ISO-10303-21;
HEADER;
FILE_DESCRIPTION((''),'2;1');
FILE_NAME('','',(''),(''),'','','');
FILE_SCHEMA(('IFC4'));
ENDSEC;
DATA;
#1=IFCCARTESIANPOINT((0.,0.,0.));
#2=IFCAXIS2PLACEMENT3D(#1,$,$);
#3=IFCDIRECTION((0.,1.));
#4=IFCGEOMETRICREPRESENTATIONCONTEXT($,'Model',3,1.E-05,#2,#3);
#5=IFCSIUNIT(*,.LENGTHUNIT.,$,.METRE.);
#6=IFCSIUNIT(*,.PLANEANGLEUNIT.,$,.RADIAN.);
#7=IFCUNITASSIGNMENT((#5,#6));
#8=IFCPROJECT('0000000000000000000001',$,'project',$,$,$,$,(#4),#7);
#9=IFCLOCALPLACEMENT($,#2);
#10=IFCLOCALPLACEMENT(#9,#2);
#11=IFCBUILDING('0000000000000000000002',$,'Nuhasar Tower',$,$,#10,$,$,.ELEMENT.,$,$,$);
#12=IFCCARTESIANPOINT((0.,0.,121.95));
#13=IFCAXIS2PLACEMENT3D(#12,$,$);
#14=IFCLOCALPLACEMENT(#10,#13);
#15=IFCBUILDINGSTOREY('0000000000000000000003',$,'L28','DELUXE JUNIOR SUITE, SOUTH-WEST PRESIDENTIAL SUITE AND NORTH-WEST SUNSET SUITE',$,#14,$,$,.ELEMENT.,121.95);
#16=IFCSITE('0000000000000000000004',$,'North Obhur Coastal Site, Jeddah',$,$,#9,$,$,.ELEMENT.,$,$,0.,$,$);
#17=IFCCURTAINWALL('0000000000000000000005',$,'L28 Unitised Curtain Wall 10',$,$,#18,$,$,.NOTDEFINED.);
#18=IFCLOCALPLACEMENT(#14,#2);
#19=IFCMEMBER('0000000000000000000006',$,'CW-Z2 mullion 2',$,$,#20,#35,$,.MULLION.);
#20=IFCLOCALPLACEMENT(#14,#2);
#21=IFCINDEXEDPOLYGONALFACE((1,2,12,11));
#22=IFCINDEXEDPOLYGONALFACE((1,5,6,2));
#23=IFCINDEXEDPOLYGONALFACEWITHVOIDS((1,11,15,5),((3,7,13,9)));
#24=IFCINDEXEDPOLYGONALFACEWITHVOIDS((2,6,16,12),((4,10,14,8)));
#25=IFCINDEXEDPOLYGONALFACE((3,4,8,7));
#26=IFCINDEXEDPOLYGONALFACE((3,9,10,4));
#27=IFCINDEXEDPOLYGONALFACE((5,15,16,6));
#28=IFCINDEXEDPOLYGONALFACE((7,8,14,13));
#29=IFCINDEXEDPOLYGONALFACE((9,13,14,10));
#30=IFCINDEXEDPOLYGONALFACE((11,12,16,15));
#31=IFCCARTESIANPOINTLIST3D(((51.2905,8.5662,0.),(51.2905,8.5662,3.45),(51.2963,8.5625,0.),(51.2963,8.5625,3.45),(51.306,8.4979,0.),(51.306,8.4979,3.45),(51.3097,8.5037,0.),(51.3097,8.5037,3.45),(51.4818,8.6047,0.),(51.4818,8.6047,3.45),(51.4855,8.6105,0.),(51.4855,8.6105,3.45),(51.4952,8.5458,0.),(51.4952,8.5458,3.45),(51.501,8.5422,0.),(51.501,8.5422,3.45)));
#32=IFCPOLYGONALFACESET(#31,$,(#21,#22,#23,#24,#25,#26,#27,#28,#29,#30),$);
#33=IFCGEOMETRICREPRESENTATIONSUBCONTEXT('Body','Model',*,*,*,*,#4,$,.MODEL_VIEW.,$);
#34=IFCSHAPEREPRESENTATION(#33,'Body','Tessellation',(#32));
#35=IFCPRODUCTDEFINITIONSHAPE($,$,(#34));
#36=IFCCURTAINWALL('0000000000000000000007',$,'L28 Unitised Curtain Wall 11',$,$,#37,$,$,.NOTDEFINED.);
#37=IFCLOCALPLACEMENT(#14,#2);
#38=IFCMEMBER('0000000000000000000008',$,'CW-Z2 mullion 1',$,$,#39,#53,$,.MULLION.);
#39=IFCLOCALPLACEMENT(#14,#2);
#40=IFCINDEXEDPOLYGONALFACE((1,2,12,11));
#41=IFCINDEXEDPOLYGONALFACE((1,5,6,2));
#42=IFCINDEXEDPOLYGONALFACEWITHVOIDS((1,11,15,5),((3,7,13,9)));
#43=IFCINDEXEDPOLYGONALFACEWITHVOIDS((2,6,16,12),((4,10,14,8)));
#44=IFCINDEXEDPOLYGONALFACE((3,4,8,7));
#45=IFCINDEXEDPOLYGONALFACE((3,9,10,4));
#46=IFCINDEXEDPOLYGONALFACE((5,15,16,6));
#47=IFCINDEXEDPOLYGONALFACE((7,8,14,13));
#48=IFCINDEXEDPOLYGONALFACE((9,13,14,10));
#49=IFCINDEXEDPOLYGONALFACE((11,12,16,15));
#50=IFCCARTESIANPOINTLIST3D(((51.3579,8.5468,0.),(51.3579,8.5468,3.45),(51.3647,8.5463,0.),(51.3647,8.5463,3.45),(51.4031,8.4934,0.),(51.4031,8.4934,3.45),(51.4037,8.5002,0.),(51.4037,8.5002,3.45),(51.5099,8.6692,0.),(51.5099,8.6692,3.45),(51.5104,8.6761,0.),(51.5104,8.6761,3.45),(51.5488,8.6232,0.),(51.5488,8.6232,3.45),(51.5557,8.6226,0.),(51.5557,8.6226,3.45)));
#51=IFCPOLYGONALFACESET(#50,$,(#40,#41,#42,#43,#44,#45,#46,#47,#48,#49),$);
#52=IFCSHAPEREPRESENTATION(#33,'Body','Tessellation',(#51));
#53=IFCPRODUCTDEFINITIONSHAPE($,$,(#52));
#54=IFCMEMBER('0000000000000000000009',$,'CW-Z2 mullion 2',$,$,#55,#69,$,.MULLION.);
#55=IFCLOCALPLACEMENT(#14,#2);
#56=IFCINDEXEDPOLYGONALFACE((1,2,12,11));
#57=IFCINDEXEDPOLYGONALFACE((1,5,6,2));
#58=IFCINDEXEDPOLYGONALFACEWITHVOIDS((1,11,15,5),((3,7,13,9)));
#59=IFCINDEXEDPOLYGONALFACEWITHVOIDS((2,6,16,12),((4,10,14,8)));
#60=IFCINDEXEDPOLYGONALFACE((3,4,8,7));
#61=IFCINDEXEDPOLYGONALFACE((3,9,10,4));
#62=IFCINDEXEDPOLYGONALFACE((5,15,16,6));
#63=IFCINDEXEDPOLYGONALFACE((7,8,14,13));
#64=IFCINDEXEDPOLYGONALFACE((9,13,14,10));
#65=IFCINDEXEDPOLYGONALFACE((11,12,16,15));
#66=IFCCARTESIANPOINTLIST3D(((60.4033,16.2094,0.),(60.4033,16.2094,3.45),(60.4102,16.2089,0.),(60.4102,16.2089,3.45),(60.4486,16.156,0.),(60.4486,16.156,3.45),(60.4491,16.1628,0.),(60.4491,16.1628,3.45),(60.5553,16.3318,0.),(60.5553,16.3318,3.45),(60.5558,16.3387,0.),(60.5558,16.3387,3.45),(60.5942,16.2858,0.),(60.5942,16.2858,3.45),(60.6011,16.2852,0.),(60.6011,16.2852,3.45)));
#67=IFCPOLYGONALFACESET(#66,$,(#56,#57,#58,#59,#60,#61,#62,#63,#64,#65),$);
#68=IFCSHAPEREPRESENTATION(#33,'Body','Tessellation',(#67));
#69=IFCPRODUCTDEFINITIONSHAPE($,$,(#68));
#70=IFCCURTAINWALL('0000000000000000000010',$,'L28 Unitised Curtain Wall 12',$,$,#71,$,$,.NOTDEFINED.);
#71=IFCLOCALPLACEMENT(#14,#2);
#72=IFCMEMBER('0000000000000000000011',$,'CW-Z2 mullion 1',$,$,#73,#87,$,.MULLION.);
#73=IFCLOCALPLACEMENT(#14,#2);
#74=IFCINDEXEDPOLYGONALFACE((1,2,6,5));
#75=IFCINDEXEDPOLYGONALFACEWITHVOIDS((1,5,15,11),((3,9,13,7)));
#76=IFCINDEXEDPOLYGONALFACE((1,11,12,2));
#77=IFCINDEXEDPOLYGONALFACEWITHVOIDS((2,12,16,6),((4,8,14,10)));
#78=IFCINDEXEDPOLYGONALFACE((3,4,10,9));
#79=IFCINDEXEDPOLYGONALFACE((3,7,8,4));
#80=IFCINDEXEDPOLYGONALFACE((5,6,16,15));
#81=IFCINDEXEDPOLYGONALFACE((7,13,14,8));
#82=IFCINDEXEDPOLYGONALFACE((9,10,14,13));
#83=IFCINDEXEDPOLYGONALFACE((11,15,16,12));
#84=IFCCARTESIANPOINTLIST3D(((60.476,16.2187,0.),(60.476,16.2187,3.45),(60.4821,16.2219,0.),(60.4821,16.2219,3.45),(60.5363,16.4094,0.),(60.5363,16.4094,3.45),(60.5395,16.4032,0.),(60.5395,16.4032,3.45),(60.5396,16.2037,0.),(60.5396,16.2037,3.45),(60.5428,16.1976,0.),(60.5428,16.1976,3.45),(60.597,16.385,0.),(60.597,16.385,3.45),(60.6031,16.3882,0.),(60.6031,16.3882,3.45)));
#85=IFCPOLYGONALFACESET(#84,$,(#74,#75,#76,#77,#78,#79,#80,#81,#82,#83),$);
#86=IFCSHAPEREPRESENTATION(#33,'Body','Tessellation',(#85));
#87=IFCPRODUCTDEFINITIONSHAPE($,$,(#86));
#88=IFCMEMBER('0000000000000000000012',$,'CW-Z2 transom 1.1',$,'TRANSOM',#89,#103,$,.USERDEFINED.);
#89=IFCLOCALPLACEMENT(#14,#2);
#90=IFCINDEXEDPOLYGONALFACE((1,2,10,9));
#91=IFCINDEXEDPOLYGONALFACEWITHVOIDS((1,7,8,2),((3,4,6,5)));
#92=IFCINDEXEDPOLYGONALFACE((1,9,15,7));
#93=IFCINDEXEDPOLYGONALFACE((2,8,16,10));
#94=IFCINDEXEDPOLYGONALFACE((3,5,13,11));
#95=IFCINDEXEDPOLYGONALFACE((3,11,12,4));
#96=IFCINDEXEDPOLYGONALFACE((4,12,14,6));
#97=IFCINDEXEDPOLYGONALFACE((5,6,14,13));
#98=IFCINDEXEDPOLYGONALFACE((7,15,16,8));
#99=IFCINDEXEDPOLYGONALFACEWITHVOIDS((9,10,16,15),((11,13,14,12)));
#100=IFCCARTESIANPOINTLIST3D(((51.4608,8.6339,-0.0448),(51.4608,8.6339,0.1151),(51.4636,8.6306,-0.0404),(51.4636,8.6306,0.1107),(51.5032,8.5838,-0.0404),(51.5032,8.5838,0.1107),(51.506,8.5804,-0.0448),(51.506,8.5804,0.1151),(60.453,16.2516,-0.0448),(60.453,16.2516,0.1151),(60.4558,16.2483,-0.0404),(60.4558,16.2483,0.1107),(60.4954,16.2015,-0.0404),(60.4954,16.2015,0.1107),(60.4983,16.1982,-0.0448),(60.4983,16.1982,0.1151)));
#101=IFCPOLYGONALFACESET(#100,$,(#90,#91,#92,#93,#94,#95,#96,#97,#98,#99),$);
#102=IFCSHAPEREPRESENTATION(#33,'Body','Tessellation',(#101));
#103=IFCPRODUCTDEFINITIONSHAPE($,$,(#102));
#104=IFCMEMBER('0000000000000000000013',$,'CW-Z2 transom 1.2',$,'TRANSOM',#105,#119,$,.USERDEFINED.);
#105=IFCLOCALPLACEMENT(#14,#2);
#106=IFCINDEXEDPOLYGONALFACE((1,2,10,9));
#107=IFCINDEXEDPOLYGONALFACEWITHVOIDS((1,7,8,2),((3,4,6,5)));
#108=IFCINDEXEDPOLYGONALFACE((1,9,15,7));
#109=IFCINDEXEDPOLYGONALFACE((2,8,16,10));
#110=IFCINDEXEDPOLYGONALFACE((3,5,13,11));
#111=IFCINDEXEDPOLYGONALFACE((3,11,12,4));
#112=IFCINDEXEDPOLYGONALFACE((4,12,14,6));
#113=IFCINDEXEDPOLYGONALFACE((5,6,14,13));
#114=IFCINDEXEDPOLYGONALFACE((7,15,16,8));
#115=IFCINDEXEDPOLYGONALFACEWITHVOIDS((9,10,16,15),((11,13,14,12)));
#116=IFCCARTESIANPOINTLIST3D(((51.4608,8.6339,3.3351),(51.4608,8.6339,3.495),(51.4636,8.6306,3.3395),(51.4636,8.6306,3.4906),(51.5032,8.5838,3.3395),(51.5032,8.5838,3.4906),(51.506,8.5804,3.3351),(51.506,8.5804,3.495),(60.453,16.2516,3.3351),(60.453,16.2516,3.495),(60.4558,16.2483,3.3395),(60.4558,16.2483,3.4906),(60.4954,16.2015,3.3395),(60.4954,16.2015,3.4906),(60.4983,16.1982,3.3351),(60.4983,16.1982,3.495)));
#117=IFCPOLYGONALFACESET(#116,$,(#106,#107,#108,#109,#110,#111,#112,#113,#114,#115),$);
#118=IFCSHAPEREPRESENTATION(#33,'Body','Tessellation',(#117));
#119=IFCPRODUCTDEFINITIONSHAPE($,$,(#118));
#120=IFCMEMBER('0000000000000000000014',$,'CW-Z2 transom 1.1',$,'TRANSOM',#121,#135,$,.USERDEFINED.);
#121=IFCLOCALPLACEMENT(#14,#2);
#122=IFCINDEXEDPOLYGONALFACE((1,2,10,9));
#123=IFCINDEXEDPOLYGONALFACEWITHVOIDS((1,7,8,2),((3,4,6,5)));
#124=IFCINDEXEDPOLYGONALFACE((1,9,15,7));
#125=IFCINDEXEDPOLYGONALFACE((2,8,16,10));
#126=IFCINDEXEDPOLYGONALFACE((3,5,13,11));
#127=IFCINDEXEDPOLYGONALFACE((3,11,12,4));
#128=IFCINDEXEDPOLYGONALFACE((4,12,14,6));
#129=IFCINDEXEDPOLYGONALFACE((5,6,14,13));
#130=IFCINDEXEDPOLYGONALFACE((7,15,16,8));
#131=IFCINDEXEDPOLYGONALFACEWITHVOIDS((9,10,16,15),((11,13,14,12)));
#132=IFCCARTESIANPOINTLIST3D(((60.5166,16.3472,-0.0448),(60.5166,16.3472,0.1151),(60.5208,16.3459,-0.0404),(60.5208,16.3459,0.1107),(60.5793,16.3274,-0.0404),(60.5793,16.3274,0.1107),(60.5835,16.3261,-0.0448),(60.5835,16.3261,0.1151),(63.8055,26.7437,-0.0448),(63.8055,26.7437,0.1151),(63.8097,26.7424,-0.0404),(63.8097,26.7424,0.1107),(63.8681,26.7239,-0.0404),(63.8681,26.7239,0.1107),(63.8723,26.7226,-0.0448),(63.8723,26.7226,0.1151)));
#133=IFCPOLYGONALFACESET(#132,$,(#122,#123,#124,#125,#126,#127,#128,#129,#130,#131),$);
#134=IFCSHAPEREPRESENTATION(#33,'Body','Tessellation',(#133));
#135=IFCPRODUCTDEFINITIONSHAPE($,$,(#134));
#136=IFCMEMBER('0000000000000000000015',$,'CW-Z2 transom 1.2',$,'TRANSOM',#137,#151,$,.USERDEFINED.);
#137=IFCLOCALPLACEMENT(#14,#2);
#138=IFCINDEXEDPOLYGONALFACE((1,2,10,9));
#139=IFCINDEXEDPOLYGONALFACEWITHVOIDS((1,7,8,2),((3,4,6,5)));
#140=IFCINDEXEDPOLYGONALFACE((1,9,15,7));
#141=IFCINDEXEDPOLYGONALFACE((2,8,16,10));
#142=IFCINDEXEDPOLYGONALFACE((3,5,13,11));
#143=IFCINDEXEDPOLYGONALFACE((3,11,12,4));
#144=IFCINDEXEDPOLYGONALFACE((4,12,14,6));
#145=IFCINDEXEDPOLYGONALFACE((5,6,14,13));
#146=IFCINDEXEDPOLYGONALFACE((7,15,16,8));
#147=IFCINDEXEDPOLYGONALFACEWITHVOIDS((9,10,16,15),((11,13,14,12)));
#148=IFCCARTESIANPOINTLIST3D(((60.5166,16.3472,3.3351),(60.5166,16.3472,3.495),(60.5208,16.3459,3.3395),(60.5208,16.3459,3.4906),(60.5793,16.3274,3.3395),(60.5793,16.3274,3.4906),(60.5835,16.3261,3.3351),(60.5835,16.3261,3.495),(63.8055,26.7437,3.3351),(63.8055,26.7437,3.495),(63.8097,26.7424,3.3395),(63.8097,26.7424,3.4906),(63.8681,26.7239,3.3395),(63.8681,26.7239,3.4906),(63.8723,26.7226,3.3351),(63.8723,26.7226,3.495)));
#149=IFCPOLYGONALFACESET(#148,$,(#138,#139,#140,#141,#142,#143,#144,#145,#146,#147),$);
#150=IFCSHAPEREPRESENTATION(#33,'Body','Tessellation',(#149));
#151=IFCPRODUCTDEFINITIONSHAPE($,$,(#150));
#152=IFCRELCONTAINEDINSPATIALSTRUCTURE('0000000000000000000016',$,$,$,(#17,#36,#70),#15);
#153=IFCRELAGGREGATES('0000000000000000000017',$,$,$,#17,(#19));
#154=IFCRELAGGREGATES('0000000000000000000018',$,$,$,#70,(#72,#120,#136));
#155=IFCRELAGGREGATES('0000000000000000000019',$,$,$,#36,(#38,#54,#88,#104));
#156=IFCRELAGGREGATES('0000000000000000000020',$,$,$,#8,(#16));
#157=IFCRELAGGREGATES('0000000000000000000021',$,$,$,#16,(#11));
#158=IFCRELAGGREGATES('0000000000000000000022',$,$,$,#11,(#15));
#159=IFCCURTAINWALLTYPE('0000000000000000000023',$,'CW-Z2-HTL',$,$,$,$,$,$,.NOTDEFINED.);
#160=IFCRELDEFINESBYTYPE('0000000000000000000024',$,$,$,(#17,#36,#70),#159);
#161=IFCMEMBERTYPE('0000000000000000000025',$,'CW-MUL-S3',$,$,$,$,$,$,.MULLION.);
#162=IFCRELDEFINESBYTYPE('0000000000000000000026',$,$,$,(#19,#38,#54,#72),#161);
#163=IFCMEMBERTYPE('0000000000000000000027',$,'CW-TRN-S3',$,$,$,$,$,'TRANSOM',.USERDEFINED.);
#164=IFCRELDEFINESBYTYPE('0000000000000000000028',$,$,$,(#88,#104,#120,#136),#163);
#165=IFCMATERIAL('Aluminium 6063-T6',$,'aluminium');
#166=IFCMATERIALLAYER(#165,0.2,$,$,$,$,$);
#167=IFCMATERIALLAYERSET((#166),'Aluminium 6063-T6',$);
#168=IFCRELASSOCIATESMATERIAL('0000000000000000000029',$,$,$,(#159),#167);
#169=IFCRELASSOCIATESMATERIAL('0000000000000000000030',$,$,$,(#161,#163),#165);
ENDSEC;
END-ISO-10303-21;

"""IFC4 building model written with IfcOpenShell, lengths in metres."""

from ifc_helpers import new_model, si_unit, direction, frame, origin, origin_2d, place, context, subcontext, project, spatial, hollow_rectangle, extrude, material, layer, layer_set, material_profile, profile_set, type_object, element, aggregate, save


model = new_model("IFC4")

# Units and contexts
model_context = context("Model", 3, precision=1e-05, world=origin(), true_north=direction((0.0, 1.0)))
body_context = subcontext(model_context, "Body", "Model", "MODEL_VIEW")
ifc_project = project(units=[si_unit("LENGTHUNIT", "METRE"), si_unit("PLANEANGLEUNIT", "RADIAN")], contexts=[model_context])

# Site, building, storey
site_placement = place(None, origin())
site = spatial("IfcSite", under=ifc_project, at=site_placement, Name="North Obhur Coastal Site, Jeddah", CompositionType="ELEMENT", RefElevation=0.0)
building_placement = place(site_placement, origin())
building = spatial("IfcBuilding", under=site, at=building_placement, Name="Nuhasar Tower", CompositionType="ELEMENT")
storey_placement = place(building_placement, frame((0.0, 0.0, 121.95)))
storey = spatial("IfcBuildingStorey", under=building, at=storey_placement, Name="L28", Description="DELUXE JUNIOR SUITE, SOUTH-WEST PRESIDENTIAL SUITE AND NORTH-WEST SUNSET SUITE", CompositionType="ELEMENT", Elevation=121.95)

# Curtain wall, member
ifc_material_1 = material(Name="Aluminium 6063-T6", Category="aluminium")
ifc_layer_1 = layer(ifc_material_1, 0.2)
ifc_layer_set_1 = layer_set([ifc_layer_1], Name="Aluminium 6063-T6")
curtain_wall_type = type_object("IfcCurtainWallType", Name="CW-Z2-HTL", PredefinedType="NOTDEFINED", material=ifc_layer_set_1)
curtain_wall_1_placement = place(storey_placement, origin())
curtain_wall_1 = element("IfcCurtainWall", 1, at=curtain_wall_1_placement, inside=storey, type_object=curtain_wall_type, Name="L28 Unitised Curtain Wall 10", PredefinedType="NOTDEFINED")
ifc_material_profile_1 = material_profile(ifc_material_1, hollow_rectangle(XDim=0.0701, YDim=0.2, WallThickness=0.0049, at=origin_2d()), Name="CWM-3")
ifc_profile_set_1 = profile_set([ifc_material_profile_1], Name="Aluminium 6063-T6")
member_type_1 = type_object("IfcMemberType", Name="CW-MUL-S3", PredefinedType="MULLION", material=ifc_profile_set_1)
member_1_placement = place(storey_placement, frame((51.3958, 8.5542, 0.0), z_axis=(0.0, 0.0, 1.0), x_axis=(-0.221397, 0.975184, 0.0)))
member_1 = element("IfcMember", 2, at=member_1_placement, type_object=member_type_1, Name="CW-Z2 mullion 2", PredefinedType="MULLION", context=body_context, shape_type="SweptSolid", body=[
    extrude(hollow_rectangle(XDim=0.0701, YDim=0.2, WallThickness=0.0049, at=origin_2d()), origin(), (0.0, 0.0, 1.0), 3.45),
])
aggregate(curtain_wall_1, [member_1])

# Curtain wall, members
curtain_wall_2_placement = place(storey_placement, origin())
curtain_wall_2 = element("IfcCurtainWall", 3, at=curtain_wall_2_placement, inside=storey, type_object=curtain_wall_type, Name="L28 Unitised Curtain Wall 11", PredefinedType="NOTDEFINED")
member_2_placement = place(storey_placement, frame((51.4568, 8.5847, 0.0), z_axis=(0.0, 0.0, 1.0), x_axis=(-0.646374, 0.76302, 0.0)))
member_2 = element("IfcMember", 4, at=member_2_placement, type_object=member_type_1, Name="CW-Z2 mullion 1", PredefinedType="MULLION", context=body_context, shape_type="SweptSolid", body=[
    extrude(hollow_rectangle(XDim=0.0701, YDim=0.2, WallThickness=0.0049, at=origin_2d()), origin(), (0.0, 0.0, 1.0), 3.45),
])
member_3_placement = place(storey_placement, frame((60.5022, 16.2473, 0.0), z_axis=(0.0, 0.0, 1.0), x_axis=(-0.646374, 0.76302, 0.0)))
member_3 = element("IfcMember", 5, at=member_3_placement, type_object=member_type_1, Name="CW-Z2 mullion 2", PredefinedType="MULLION", context=body_context, shape_type="SweptSolid", body=[
    extrude(hollow_rectangle(XDim=0.0701, YDim=0.2, WallThickness=0.0049, at=origin_2d()), origin(), (0.0, 0.0, 1.0), 3.45),
])

# Curtain wall, member
curtain_wall_3_placement = place(storey_placement, origin())
curtain_wall_3 = element("IfcCurtainWall", 6, at=curtain_wall_3_placement, inside=storey, type_object=curtain_wall_type, Name="L28 Unitised Curtain Wall 12", PredefinedType="NOTDEFINED")
member_4_placement = place(storey_placement, frame((60.5396, 16.3035, 0.0), z_axis=(0.0, 0.0, 1.0), x_axis=(-0.953433, 0.301604, 0.0)))
member_4 = element("IfcMember", 7, at=member_4_placement, type_object=member_type_1, Name="CW-Z2 mullion 1", PredefinedType="MULLION", context=body_context, shape_type="SweptSolid", body=[
    extrude(hollow_rectangle(XDim=0.0701, YDim=0.2, WallThickness=0.0049, at=origin_2d()), origin(), (0.0, 0.0, 1.0), 3.45),
])

# Members
ifc_material_profile_2 = material_profile(ifc_material_1, hollow_rectangle(XDim=0.0701, YDim=0.1599, WallThickness=0.0044, at=origin_2d()), Name="CWT-3")
ifc_profile_set_2 = profile_set([ifc_material_profile_2], Name="Aluminium 6063-T6")
member_type_2 = type_object("IfcMemberType", Name="CW-TRN-S3", ElementType="TRANSOM", PredefinedType="USERDEFINED", material=ifc_profile_set_2)
member_5_placement = place(storey_placement, frame((51.4834, 8.6072, 0.0352), z_axis=(0.763014, 0.646382, 0.0), x_axis=(-0.646382, 0.763014, 0.0)))
member_5 = element("IfcMember", 8, at=member_5_placement, type_object=member_type_2, Name="CW-Z2 transom 1.1", ObjectType="TRANSOM", PredefinedType="USERDEFINED", context=body_context, shape_type="SweptSolid", body=[
    extrude(hollow_rectangle(XDim=0.0701, YDim=0.1599, WallThickness=0.0044, at=origin_2d()), origin(), (0.0, 0.0, 1.0), 11.7852),
])
member_6_placement = place(storey_placement, frame((51.4834, 8.6072, 3.415), z_axis=(0.763014, 0.646382, 0.0), x_axis=(-0.646382, 0.763014, 0.0)))
member_6 = element("IfcMember", 9, at=member_6_placement, type_object=member_type_2, Name="CW-Z2 transom 1.2", ObjectType="TRANSOM", PredefinedType="USERDEFINED", context=body_context, shape_type="SweptSolid", body=[
    extrude(hollow_rectangle(XDim=0.0701, YDim=0.1599, WallThickness=0.0044, at=origin_2d()), origin(), (0.0, 0.0, 1.0), 11.7852),
])
member_7_placement = place(storey_placement, frame((60.55, 16.3367, 0.0352), z_axis=(0.301608, 0.953432, 0.0), x_axis=(-0.953432, 0.301608, 0.0)))
member_7 = element("IfcMember", 10, at=member_7_placement, type_object=member_type_2, Name="CW-Z2 transom 1.1", ObjectType="TRANSOM", PredefinedType="USERDEFINED", context=body_context, shape_type="SweptSolid", body=[
    extrude(hollow_rectangle(XDim=0.0701, YDim=0.1599, WallThickness=0.0044, at=origin_2d()), origin(), (0.0, 0.0, 1.0), 10.9043),
])
member_8_placement = place(storey_placement, frame((60.55, 16.3367, 3.415), z_axis=(0.301608, 0.953432, 0.0), x_axis=(-0.953432, 0.301608, 0.0)))
member_8 = element("IfcMember", 11, at=member_8_placement, type_object=member_type_2, Name="CW-Z2 transom 1.2", ObjectType="TRANSOM", PredefinedType="USERDEFINED", context=body_context, shape_type="SweptSolid", body=[
    extrude(hollow_rectangle(XDim=0.0701, YDim=0.1599, WallThickness=0.0044, at=origin_2d()), origin(), (0.0, 0.0, 1.0), 10.9043),
])
aggregate(curtain_wall_3, [member_4, member_7, member_8])

aggregate(curtain_wall_2, [member_2, member_3, member_5, member_6])

save(model, "model.ifc")
